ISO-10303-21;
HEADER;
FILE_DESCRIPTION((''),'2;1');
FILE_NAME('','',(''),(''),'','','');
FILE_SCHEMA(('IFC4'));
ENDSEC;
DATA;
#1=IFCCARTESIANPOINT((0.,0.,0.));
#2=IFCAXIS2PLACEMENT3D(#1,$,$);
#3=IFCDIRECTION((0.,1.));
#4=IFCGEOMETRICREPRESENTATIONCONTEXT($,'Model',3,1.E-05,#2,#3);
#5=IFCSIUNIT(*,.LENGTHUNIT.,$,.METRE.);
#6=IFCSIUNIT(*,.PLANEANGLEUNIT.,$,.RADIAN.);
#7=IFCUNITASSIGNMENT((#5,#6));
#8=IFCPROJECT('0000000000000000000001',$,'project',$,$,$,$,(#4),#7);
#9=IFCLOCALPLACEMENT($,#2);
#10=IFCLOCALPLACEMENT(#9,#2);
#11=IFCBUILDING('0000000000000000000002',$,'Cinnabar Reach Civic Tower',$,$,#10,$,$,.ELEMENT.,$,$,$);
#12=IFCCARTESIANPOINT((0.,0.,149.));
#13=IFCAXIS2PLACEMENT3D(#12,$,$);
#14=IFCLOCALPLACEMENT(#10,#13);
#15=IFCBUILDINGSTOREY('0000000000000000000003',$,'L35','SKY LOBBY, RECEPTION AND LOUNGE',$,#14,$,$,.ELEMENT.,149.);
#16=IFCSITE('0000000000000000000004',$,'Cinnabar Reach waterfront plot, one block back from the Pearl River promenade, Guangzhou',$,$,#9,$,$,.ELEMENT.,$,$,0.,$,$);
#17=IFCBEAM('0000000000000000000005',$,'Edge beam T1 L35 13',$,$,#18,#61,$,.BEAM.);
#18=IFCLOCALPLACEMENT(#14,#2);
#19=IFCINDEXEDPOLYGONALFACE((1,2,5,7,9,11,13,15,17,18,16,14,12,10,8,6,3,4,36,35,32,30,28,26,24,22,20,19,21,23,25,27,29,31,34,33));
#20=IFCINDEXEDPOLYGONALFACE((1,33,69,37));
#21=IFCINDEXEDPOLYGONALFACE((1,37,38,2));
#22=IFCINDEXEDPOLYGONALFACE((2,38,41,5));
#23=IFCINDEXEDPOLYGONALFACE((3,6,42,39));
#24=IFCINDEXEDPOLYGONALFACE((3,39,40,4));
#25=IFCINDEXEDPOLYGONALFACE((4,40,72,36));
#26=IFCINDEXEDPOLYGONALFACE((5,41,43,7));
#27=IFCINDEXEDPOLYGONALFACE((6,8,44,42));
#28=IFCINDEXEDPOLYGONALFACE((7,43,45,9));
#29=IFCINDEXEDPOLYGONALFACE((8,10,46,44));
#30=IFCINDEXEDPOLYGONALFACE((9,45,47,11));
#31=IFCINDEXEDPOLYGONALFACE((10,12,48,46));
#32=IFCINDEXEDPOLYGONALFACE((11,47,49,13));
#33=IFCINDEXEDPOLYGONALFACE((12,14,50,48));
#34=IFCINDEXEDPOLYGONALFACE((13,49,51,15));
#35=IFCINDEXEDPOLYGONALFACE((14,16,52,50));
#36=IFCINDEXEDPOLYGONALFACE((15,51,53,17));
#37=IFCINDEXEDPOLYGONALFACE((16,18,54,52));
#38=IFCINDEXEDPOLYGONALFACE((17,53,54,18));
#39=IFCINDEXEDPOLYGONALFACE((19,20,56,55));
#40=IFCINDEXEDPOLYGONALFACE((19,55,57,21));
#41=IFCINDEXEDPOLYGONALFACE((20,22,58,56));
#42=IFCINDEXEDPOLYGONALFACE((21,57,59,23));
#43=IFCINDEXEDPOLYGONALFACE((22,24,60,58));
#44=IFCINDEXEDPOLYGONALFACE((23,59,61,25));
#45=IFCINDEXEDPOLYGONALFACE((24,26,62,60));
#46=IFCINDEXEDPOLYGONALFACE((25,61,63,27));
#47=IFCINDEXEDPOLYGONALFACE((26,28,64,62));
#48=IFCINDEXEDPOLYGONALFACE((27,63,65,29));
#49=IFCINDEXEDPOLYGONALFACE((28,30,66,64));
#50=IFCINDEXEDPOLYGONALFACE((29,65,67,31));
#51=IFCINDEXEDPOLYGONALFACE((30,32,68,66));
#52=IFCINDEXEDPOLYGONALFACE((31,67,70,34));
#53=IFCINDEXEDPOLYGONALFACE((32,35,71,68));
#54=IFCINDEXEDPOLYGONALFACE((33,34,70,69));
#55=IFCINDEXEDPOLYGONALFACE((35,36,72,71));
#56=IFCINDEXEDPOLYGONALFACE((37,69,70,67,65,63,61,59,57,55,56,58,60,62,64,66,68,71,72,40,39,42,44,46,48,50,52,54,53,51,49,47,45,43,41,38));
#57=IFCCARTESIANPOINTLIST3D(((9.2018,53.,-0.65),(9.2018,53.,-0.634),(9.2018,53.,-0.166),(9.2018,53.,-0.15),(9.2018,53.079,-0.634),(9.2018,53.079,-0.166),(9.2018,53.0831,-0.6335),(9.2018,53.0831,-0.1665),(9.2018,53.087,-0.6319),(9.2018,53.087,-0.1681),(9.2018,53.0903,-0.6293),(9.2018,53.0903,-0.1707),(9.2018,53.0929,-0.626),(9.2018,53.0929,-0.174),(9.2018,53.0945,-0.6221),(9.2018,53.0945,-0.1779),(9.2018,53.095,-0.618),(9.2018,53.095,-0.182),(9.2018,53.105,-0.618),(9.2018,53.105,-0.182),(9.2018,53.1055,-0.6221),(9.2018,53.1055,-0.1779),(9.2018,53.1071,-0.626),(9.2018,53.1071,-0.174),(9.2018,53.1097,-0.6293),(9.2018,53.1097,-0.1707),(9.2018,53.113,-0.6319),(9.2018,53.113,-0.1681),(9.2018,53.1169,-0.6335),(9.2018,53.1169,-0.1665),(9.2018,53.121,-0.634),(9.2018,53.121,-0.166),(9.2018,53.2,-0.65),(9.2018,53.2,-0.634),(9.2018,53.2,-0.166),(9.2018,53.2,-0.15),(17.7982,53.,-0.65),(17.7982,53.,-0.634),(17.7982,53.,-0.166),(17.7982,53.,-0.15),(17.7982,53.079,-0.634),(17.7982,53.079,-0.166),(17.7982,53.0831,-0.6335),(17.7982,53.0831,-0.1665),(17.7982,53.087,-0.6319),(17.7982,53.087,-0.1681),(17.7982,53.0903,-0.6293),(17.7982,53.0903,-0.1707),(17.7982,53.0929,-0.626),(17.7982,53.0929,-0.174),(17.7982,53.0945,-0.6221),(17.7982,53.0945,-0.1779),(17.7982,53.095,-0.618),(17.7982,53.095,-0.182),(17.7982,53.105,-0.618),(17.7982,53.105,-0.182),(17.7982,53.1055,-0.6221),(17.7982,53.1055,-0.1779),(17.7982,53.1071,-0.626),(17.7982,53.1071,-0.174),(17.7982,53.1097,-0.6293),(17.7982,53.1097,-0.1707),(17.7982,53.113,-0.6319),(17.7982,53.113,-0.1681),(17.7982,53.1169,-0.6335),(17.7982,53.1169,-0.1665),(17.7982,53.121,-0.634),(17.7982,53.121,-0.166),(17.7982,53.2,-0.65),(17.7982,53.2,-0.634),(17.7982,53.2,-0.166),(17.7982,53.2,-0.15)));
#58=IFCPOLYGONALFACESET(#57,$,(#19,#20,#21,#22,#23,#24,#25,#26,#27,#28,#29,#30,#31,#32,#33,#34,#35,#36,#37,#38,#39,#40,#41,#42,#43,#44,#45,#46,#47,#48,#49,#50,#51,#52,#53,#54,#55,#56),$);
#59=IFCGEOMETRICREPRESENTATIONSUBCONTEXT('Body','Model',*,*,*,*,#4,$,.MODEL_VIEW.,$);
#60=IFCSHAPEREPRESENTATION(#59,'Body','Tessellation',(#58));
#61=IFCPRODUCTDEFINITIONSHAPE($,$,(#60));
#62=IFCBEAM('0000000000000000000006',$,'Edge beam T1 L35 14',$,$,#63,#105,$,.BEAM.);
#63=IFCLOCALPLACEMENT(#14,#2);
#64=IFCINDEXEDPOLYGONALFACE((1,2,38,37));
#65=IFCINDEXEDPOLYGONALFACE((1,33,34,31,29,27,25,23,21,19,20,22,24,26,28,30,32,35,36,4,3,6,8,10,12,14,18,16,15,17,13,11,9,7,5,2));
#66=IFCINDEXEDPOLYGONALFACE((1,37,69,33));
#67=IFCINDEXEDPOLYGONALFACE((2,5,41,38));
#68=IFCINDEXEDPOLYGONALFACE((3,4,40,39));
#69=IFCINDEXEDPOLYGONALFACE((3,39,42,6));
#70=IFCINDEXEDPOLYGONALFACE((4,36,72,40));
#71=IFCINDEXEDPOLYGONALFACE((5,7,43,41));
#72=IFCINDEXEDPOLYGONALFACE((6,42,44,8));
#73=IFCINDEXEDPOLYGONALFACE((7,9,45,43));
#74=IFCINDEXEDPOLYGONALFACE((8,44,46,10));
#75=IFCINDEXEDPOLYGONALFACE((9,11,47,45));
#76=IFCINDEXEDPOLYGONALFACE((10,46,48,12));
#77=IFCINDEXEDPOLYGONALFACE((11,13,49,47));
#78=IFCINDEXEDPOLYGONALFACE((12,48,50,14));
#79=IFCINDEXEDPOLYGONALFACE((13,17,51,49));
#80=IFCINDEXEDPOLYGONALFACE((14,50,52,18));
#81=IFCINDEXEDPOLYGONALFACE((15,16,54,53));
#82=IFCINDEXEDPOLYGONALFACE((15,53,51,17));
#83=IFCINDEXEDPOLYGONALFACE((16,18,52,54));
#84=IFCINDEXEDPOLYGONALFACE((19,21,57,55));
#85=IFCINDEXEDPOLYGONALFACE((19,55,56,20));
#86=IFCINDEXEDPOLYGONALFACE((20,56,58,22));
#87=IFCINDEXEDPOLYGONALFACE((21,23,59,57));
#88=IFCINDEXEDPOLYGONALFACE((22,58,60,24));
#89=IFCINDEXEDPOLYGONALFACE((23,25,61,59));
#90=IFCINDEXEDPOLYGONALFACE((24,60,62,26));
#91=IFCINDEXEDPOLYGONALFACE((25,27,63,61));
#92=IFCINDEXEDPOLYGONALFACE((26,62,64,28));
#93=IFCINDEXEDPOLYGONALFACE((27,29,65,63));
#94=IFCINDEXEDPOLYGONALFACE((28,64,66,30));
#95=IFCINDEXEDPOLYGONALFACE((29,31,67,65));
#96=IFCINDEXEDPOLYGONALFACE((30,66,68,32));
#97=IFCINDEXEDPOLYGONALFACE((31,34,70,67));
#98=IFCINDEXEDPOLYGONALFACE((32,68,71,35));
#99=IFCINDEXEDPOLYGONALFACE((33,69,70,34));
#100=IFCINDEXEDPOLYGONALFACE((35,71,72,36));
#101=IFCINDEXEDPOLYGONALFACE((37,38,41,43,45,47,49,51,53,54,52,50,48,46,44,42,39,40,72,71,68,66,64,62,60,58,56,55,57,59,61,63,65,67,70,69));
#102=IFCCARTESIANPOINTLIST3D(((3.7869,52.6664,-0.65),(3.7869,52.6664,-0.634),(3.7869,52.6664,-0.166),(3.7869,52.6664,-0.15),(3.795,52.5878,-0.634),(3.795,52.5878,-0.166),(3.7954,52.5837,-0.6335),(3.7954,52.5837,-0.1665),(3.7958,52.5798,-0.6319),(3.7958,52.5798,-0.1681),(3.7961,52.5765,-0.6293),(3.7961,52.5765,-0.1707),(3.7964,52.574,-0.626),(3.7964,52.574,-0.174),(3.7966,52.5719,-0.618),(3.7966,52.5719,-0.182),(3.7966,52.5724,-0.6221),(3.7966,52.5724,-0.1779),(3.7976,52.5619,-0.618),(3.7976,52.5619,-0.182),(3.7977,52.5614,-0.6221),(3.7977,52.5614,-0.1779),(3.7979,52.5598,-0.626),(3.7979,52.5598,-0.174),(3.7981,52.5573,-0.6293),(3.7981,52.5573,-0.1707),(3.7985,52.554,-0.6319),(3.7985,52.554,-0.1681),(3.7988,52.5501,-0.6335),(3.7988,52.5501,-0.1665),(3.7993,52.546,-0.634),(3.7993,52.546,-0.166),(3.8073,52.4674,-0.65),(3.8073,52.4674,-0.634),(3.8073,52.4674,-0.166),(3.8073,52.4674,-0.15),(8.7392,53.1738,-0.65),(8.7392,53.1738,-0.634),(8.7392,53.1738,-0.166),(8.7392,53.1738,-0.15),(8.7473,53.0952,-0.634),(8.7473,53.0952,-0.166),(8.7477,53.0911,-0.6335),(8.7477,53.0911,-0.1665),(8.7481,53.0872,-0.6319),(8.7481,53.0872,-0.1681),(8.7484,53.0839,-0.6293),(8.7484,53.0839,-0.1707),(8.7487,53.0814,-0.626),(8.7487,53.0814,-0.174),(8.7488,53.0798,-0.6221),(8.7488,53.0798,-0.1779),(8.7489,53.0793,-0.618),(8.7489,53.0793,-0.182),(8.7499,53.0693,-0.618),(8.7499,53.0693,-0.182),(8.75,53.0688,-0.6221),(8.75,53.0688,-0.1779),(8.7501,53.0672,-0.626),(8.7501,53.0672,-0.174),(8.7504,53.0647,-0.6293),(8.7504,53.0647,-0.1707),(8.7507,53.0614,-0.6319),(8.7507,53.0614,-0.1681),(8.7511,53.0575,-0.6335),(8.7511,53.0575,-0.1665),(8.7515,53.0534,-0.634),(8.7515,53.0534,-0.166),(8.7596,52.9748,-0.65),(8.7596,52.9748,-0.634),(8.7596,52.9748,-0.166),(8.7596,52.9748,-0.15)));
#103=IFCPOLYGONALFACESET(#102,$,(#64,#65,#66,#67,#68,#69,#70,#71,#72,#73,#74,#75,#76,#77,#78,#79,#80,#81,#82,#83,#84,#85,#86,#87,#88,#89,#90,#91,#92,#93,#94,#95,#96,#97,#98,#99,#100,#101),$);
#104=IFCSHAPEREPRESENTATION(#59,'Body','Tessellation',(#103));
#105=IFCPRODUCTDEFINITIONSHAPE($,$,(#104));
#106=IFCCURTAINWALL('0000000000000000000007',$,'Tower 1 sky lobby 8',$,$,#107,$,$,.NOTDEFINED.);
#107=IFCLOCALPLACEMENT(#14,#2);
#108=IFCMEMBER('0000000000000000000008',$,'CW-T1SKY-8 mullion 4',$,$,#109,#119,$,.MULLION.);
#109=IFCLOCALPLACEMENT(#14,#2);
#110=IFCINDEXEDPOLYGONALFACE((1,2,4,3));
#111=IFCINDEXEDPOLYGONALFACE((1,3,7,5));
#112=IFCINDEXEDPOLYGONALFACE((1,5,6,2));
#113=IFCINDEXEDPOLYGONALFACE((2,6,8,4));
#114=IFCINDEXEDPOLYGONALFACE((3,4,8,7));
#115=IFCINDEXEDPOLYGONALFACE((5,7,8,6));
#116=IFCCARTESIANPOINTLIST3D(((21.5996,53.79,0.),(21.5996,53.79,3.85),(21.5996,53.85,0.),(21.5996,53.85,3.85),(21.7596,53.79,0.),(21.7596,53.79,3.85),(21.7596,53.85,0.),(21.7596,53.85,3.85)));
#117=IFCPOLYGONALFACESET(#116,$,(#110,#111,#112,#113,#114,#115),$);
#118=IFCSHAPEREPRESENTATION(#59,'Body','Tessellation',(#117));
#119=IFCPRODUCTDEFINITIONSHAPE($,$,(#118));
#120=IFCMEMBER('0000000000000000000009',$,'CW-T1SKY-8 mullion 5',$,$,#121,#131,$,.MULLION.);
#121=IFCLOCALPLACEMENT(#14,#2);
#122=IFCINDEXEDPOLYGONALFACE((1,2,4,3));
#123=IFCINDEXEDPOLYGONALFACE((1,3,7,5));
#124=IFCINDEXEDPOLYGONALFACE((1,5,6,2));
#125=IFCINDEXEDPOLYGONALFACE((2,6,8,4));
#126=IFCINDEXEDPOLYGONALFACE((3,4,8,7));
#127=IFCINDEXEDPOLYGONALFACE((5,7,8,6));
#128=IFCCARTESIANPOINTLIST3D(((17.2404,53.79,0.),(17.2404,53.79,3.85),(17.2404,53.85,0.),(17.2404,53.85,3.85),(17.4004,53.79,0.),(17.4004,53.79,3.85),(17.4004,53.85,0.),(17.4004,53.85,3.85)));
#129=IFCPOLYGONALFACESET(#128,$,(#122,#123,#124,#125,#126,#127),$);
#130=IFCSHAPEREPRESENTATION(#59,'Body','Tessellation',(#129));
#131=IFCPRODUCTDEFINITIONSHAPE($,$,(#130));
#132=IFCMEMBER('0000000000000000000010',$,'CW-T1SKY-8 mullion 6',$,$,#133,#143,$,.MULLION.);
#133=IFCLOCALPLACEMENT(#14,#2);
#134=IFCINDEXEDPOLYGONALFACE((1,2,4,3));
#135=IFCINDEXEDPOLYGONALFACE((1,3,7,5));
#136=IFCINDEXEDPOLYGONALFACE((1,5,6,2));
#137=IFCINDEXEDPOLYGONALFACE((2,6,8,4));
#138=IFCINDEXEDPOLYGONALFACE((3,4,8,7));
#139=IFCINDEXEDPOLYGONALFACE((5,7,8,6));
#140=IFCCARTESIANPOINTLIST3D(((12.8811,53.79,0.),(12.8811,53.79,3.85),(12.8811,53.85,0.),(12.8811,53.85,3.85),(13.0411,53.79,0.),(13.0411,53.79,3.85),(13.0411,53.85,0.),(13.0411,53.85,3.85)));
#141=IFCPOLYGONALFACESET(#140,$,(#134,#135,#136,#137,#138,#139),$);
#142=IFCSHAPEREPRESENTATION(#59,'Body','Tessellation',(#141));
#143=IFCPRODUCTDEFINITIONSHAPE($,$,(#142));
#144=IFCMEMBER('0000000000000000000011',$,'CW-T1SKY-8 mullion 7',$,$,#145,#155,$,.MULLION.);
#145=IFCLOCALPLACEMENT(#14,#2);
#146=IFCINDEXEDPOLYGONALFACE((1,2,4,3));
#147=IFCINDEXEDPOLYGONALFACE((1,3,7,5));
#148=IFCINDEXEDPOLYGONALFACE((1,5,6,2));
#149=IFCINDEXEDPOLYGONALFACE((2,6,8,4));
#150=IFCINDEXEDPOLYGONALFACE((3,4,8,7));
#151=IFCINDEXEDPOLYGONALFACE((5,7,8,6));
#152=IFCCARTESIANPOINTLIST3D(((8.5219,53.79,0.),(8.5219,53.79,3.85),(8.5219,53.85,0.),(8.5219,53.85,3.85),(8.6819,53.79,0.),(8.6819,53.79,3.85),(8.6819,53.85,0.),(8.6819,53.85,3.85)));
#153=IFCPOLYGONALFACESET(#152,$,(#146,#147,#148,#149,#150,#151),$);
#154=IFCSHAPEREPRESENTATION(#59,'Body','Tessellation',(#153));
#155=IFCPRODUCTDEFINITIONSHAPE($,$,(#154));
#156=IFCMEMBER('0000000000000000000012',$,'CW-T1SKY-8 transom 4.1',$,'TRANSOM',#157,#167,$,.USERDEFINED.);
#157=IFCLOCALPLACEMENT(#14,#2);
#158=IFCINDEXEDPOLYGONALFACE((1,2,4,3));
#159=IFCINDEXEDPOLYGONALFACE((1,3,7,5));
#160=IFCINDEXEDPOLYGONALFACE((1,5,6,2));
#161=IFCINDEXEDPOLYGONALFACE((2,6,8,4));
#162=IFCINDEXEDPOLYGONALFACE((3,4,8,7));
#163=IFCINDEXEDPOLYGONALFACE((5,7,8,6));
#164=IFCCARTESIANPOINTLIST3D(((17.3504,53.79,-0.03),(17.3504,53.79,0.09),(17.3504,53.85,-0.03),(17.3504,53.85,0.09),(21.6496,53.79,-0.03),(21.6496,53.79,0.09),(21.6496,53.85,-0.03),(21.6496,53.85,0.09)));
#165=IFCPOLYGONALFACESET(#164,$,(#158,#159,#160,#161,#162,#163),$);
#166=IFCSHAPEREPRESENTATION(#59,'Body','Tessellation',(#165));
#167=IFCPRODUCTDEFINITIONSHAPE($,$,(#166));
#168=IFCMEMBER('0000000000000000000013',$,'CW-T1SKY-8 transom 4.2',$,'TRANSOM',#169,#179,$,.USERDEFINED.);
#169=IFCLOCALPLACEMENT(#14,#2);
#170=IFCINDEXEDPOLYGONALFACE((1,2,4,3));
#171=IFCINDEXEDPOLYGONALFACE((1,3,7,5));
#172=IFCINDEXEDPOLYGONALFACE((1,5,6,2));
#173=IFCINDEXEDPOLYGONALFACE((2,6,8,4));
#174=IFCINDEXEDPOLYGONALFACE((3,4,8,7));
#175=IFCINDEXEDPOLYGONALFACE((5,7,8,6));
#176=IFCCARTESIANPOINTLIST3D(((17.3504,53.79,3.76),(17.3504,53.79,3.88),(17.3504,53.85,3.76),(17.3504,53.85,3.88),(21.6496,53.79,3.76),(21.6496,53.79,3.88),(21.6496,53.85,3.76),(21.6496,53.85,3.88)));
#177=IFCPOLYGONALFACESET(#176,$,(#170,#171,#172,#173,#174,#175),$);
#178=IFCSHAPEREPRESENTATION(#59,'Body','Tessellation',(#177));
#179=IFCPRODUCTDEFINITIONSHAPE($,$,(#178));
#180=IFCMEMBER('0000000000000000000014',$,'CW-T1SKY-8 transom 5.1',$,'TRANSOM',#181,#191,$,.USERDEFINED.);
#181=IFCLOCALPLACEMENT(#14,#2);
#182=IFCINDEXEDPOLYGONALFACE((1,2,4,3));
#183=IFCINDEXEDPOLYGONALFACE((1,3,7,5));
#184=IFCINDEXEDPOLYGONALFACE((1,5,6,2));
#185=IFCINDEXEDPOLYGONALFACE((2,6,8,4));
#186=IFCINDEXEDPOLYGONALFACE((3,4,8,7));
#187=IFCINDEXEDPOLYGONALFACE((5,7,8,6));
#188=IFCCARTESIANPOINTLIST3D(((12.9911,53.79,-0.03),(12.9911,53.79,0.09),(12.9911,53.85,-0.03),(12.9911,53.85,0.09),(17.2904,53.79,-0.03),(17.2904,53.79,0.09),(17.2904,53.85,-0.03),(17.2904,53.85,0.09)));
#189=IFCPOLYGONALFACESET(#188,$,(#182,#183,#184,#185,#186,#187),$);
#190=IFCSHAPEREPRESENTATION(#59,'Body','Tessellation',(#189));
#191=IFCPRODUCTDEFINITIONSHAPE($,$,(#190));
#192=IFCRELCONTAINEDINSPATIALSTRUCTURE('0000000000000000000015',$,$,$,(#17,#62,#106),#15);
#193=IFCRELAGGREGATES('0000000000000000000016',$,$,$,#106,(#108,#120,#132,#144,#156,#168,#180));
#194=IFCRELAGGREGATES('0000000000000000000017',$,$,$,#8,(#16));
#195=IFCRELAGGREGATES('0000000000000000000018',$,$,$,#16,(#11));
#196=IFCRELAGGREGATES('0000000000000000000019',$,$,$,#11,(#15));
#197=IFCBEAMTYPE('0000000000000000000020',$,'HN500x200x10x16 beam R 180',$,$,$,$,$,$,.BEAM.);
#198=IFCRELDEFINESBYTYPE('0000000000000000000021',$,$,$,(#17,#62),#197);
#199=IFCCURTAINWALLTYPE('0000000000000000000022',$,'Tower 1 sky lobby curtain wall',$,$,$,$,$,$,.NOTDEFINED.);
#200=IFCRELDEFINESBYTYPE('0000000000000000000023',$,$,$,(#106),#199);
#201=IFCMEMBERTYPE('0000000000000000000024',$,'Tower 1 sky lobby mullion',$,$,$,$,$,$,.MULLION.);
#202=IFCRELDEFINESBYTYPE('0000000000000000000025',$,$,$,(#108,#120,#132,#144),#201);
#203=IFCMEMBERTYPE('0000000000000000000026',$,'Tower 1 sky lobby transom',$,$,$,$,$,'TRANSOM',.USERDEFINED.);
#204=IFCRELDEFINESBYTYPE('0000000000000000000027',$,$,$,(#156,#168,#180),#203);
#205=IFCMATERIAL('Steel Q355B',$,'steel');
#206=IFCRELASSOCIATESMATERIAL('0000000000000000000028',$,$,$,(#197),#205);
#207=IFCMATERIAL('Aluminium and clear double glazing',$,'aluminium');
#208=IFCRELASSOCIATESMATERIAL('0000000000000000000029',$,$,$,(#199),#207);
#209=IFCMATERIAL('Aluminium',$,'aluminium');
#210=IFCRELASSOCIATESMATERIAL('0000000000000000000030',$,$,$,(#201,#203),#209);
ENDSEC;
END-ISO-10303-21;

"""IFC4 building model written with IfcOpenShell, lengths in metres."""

from ifc_helpers import new_model, si_unit, direction, frame, origin, origin_2d, place, context, subcontext, project, spatial, rectangle, i_section, extrude, material, material_profile, profile_set, type_object, element, aggregate, save


model = new_model("IFC4")

# Units and contexts
model_context = context("Model", 3, precision=1e-05, world=origin(), true_north=direction((0.0, 1.0)))
body_context = subcontext(model_context, "Body", "Model", "MODEL_VIEW")
ifc_project = project(units=[si_unit("LENGTHUNIT", "METRE"), si_unit("PLANEANGLEUNIT", "RADIAN")], contexts=[model_context])

# Site, building, storey
site_placement = place(None, origin())
site = spatial("IfcSite", under=ifc_project, at=site_placement, Name="Cinnabar Reach waterfront plot, one block back from the Pearl River promenade, Guangzhou", CompositionType="ELEMENT", RefElevation=0.0)
building_placement = place(site_placement, origin())
building = spatial("IfcBuilding", under=site, at=building_placement, Name="Cinnabar Reach Civic Tower", CompositionType="ELEMENT")
storey_placement = place(building_placement, frame((0.0, 0.0, 149.0)))
storey = spatial("IfcBuildingStorey", under=building, at=storey_placement, Name="L35", Description="SKY LOBBY, RECEPTION AND LOUNGE", CompositionType="ELEMENT", Elevation=149.0)

# Beams
ifc_material_1 = material(Name="Steel Q355B", Category="steel")
ifc_material_profile_1 = material_profile(ifc_material_1, i_section(OverallWidth=0.2, OverallDepth=0.5, WebThickness=0.01, FlangeThickness=0.016, FilletRadius=0.016, at=origin_2d()), Name="HN500x200x10x16")
ifc_profile_set_1 = profile_set([ifc_material_profile_1], Name="Steel Q355B")
beam_type_1 = type_object("IfcBeamType", Name="HN500x200x10x16 beam R 180", PredefinedType="BEAM", material=ifc_profile_set_1)
beam_1_placement = place(storey_placement, frame((17.7982, 53.1, -0.4), z_axis=(-1.0, 0.0, 0.0), x_axis=(0.0, -1.0, 0.0)))
element("IfcBeam", 1, at=beam_1_placement, inside=storey, type_object=beam_type_1, Name="Edge beam T1 L35 13", PredefinedType="BEAM", context=body_context, shape_type="SweptSolid", body=[
    extrude(i_section(OverallWidth=0.2, OverallDepth=0.5, WebThickness=0.01, FlangeThickness=0.016, FilletRadius=0.016, at=origin_2d()), origin(), (0.0, 0.0, 1.0), 8.5964),
])
beam_2_placement = place(storey_placement, frame((8.7494, 53.0743, -0.4), z_axis=(-0.994792, -0.101924, 0.0), x_axis=(0.101924, -0.994792, 0.0)))
element("IfcBeam", 2, at=beam_2_placement, inside=storey, type_object=beam_type_1, Name="Edge beam T1 L35 14", PredefinedType="BEAM", context=body_context, shape_type="SweptSolid", body=[
    extrude(i_section(OverallWidth=0.2, OverallDepth=0.5, WebThickness=0.01, FlangeThickness=0.016, FilletRadius=0.016, at=origin_2d()), origin(), (0.0, 0.0, 1.0), 4.9782),
])

# Curtain wall, members
ifc_material_2 = material(Name="Aluminium and clear double glazing", Category="aluminium")
curtain_wall_type = type_object("IfcCurtainWallType", Name="Tower 1 sky lobby curtain wall", PredefinedType="NOTDEFINED", material=ifc_material_2)
curtain_wall_placement = place(storey_placement, origin())
curtain_wall = element("IfcCurtainWall", 3, at=curtain_wall_placement, inside=storey, type_object=curtain_wall_type, Name="Tower 1 sky lobby 8", PredefinedType="NOTDEFINED")
ifc_material_3 = material(Name="Aluminium", Category="aluminium")
ifc_material_profile_2 = material_profile(ifc_material_3, rectangle(XDim=0.06, YDim=0.16, at=origin_2d()), Name="Tower 1 sky lobby mullion")
ifc_profile_set_2 = profile_set([ifc_material_profile_2], Name="Aluminium")
member_type_1 = type_object("IfcMemberType", Name="Tower 1 sky lobby mullion", PredefinedType="MULLION", material=ifc_profile_set_2)
member_1_placement = place(storey_placement, frame((21.6796, 53.82, 0.0), z_axis=(0.0, 0.0, 1.0), x_axis=(0.0, -1.0, 0.0)))
member_1 = element("IfcMember", 4, at=member_1_placement, type_object=member_type_1, Name="CW-T1SKY-8 mullion 4", PredefinedType="MULLION", context=body_context, shape_type="SweptSolid", body=[
    extrude(rectangle(XDim=0.06, YDim=0.16, at=origin_2d()), origin(), (0.0, 0.0, 1.0), 3.85),
])
member_2_placement = place(storey_placement, frame((17.3204, 53.82, 0.0), z_axis=(0.0, 0.0, 1.0), x_axis=(0.0, -1.0, 0.0)))
member_2 = element("IfcMember", 5, at=member_2_placement, type_object=member_type_1, Name="CW-T1SKY-8 mullion 5", PredefinedType="MULLION", context=body_context, shape_type="SweptSolid", body=[
    extrude(rectangle(XDim=0.06, YDim=0.16, at=origin_2d()), origin(), (0.0, 0.0, 1.0), 3.85),
])
member_3_placement = place(storey_placement, frame((12.9611, 53.82, 0.0), z_axis=(0.0, 0.0, 1.0), x_axis=(0.0, -1.0, 0.0)))
member_3 = element("IfcMember", 6, at=member_3_placement, type_object=member_type_1, Name="CW-T1SKY-8 mullion 6", PredefinedType="MULLION", context=body_context, shape_type="SweptSolid", body=[
    extrude(rectangle(XDim=0.06, YDim=0.16, at=origin_2d()), origin(), (0.0, 0.0, 1.0), 3.85),
])
member_4_placement = place(storey_placement, frame((8.6019, 53.82, 0.0), z_axis=(0.0, 0.0, 1.0), x_axis=(0.0, -1.0, 0.0)))
member_4 = element("IfcMember", 7, at=member_4_placement, type_object=member_type_1, Name="CW-T1SKY-8 mullion 7", PredefinedType="MULLION", context=body_context, shape_type="SweptSolid", body=[
    extrude(rectangle(XDim=0.06, YDim=0.16, at=origin_2d()), origin(), (0.0, 0.0, 1.0), 3.85),
])
ifc_material_profile_3 = material_profile(ifc_material_3, rectangle(XDim=0.06, YDim=0.12, at=origin_2d()), Name="Tower 1 sky lobby transom")
ifc_profile_set_3 = profile_set([ifc_material_profile_3], Name="Aluminium")
member_type_2 = type_object("IfcMemberType", Name="Tower 1 sky lobby transom", ElementType="TRANSOM", PredefinedType="USERDEFINED", material=ifc_profile_set_3)
member_5_placement = place(storey_placement, frame((21.6496, 53.82, 0.03), z_axis=(-1.0, 0.0, 0.0), x_axis=(0.0, -1.0, 0.0)))
member_5 = element("IfcMember", 8, at=member_5_placement, type_object=member_type_2, Name="CW-T1SKY-8 transom 4.1", ObjectType="TRANSOM", PredefinedType="USERDEFINED", context=body_context, shape_type="SweptSolid", body=[
    extrude(rectangle(XDim=0.06, YDim=0.12, at=origin_2d()), origin(), (0.0, 0.0, 1.0), 4.2992),
])
member_6_placement = place(storey_placement, frame((21.6496, 53.82, 3.82), z_axis=(-1.0, 0.0, 0.0), x_axis=(0.0, -1.0, 0.0)))
member_6 = element("IfcMember", 9, at=member_6_placement, type_object=member_type_2, Name="CW-T1SKY-8 transom 4.2", ObjectType="TRANSOM", PredefinedType="USERDEFINED", context=body_context, shape_type="SweptSolid", body=[
    extrude(rectangle(XDim=0.06, YDim=0.12, at=origin_2d()), origin(), (0.0, 0.0, 1.0), 4.2992),
])
member_7_placement = place(storey_placement, frame((17.2904, 53.82, 0.03), z_axis=(-1.0, 0.0, 0.0), x_axis=(0.0, -1.0, 0.0)))
member_7 = element("IfcMember", 10, at=member_7_placement, type_object=member_type_2, Name="CW-T1SKY-8 transom 5.1", ObjectType="TRANSOM", PredefinedType="USERDEFINED", context=body_context, shape_type="SweptSolid", body=[
    extrude(rectangle(XDim=0.06, YDim=0.12, at=origin_2d()), origin(), (0.0, 0.0, 1.0), 4.2993),
])
aggregate(curtain_wall, [member_1, member_2, member_3, member_4, member_5, member_6, member_7])

save(model, "model.ifc")
